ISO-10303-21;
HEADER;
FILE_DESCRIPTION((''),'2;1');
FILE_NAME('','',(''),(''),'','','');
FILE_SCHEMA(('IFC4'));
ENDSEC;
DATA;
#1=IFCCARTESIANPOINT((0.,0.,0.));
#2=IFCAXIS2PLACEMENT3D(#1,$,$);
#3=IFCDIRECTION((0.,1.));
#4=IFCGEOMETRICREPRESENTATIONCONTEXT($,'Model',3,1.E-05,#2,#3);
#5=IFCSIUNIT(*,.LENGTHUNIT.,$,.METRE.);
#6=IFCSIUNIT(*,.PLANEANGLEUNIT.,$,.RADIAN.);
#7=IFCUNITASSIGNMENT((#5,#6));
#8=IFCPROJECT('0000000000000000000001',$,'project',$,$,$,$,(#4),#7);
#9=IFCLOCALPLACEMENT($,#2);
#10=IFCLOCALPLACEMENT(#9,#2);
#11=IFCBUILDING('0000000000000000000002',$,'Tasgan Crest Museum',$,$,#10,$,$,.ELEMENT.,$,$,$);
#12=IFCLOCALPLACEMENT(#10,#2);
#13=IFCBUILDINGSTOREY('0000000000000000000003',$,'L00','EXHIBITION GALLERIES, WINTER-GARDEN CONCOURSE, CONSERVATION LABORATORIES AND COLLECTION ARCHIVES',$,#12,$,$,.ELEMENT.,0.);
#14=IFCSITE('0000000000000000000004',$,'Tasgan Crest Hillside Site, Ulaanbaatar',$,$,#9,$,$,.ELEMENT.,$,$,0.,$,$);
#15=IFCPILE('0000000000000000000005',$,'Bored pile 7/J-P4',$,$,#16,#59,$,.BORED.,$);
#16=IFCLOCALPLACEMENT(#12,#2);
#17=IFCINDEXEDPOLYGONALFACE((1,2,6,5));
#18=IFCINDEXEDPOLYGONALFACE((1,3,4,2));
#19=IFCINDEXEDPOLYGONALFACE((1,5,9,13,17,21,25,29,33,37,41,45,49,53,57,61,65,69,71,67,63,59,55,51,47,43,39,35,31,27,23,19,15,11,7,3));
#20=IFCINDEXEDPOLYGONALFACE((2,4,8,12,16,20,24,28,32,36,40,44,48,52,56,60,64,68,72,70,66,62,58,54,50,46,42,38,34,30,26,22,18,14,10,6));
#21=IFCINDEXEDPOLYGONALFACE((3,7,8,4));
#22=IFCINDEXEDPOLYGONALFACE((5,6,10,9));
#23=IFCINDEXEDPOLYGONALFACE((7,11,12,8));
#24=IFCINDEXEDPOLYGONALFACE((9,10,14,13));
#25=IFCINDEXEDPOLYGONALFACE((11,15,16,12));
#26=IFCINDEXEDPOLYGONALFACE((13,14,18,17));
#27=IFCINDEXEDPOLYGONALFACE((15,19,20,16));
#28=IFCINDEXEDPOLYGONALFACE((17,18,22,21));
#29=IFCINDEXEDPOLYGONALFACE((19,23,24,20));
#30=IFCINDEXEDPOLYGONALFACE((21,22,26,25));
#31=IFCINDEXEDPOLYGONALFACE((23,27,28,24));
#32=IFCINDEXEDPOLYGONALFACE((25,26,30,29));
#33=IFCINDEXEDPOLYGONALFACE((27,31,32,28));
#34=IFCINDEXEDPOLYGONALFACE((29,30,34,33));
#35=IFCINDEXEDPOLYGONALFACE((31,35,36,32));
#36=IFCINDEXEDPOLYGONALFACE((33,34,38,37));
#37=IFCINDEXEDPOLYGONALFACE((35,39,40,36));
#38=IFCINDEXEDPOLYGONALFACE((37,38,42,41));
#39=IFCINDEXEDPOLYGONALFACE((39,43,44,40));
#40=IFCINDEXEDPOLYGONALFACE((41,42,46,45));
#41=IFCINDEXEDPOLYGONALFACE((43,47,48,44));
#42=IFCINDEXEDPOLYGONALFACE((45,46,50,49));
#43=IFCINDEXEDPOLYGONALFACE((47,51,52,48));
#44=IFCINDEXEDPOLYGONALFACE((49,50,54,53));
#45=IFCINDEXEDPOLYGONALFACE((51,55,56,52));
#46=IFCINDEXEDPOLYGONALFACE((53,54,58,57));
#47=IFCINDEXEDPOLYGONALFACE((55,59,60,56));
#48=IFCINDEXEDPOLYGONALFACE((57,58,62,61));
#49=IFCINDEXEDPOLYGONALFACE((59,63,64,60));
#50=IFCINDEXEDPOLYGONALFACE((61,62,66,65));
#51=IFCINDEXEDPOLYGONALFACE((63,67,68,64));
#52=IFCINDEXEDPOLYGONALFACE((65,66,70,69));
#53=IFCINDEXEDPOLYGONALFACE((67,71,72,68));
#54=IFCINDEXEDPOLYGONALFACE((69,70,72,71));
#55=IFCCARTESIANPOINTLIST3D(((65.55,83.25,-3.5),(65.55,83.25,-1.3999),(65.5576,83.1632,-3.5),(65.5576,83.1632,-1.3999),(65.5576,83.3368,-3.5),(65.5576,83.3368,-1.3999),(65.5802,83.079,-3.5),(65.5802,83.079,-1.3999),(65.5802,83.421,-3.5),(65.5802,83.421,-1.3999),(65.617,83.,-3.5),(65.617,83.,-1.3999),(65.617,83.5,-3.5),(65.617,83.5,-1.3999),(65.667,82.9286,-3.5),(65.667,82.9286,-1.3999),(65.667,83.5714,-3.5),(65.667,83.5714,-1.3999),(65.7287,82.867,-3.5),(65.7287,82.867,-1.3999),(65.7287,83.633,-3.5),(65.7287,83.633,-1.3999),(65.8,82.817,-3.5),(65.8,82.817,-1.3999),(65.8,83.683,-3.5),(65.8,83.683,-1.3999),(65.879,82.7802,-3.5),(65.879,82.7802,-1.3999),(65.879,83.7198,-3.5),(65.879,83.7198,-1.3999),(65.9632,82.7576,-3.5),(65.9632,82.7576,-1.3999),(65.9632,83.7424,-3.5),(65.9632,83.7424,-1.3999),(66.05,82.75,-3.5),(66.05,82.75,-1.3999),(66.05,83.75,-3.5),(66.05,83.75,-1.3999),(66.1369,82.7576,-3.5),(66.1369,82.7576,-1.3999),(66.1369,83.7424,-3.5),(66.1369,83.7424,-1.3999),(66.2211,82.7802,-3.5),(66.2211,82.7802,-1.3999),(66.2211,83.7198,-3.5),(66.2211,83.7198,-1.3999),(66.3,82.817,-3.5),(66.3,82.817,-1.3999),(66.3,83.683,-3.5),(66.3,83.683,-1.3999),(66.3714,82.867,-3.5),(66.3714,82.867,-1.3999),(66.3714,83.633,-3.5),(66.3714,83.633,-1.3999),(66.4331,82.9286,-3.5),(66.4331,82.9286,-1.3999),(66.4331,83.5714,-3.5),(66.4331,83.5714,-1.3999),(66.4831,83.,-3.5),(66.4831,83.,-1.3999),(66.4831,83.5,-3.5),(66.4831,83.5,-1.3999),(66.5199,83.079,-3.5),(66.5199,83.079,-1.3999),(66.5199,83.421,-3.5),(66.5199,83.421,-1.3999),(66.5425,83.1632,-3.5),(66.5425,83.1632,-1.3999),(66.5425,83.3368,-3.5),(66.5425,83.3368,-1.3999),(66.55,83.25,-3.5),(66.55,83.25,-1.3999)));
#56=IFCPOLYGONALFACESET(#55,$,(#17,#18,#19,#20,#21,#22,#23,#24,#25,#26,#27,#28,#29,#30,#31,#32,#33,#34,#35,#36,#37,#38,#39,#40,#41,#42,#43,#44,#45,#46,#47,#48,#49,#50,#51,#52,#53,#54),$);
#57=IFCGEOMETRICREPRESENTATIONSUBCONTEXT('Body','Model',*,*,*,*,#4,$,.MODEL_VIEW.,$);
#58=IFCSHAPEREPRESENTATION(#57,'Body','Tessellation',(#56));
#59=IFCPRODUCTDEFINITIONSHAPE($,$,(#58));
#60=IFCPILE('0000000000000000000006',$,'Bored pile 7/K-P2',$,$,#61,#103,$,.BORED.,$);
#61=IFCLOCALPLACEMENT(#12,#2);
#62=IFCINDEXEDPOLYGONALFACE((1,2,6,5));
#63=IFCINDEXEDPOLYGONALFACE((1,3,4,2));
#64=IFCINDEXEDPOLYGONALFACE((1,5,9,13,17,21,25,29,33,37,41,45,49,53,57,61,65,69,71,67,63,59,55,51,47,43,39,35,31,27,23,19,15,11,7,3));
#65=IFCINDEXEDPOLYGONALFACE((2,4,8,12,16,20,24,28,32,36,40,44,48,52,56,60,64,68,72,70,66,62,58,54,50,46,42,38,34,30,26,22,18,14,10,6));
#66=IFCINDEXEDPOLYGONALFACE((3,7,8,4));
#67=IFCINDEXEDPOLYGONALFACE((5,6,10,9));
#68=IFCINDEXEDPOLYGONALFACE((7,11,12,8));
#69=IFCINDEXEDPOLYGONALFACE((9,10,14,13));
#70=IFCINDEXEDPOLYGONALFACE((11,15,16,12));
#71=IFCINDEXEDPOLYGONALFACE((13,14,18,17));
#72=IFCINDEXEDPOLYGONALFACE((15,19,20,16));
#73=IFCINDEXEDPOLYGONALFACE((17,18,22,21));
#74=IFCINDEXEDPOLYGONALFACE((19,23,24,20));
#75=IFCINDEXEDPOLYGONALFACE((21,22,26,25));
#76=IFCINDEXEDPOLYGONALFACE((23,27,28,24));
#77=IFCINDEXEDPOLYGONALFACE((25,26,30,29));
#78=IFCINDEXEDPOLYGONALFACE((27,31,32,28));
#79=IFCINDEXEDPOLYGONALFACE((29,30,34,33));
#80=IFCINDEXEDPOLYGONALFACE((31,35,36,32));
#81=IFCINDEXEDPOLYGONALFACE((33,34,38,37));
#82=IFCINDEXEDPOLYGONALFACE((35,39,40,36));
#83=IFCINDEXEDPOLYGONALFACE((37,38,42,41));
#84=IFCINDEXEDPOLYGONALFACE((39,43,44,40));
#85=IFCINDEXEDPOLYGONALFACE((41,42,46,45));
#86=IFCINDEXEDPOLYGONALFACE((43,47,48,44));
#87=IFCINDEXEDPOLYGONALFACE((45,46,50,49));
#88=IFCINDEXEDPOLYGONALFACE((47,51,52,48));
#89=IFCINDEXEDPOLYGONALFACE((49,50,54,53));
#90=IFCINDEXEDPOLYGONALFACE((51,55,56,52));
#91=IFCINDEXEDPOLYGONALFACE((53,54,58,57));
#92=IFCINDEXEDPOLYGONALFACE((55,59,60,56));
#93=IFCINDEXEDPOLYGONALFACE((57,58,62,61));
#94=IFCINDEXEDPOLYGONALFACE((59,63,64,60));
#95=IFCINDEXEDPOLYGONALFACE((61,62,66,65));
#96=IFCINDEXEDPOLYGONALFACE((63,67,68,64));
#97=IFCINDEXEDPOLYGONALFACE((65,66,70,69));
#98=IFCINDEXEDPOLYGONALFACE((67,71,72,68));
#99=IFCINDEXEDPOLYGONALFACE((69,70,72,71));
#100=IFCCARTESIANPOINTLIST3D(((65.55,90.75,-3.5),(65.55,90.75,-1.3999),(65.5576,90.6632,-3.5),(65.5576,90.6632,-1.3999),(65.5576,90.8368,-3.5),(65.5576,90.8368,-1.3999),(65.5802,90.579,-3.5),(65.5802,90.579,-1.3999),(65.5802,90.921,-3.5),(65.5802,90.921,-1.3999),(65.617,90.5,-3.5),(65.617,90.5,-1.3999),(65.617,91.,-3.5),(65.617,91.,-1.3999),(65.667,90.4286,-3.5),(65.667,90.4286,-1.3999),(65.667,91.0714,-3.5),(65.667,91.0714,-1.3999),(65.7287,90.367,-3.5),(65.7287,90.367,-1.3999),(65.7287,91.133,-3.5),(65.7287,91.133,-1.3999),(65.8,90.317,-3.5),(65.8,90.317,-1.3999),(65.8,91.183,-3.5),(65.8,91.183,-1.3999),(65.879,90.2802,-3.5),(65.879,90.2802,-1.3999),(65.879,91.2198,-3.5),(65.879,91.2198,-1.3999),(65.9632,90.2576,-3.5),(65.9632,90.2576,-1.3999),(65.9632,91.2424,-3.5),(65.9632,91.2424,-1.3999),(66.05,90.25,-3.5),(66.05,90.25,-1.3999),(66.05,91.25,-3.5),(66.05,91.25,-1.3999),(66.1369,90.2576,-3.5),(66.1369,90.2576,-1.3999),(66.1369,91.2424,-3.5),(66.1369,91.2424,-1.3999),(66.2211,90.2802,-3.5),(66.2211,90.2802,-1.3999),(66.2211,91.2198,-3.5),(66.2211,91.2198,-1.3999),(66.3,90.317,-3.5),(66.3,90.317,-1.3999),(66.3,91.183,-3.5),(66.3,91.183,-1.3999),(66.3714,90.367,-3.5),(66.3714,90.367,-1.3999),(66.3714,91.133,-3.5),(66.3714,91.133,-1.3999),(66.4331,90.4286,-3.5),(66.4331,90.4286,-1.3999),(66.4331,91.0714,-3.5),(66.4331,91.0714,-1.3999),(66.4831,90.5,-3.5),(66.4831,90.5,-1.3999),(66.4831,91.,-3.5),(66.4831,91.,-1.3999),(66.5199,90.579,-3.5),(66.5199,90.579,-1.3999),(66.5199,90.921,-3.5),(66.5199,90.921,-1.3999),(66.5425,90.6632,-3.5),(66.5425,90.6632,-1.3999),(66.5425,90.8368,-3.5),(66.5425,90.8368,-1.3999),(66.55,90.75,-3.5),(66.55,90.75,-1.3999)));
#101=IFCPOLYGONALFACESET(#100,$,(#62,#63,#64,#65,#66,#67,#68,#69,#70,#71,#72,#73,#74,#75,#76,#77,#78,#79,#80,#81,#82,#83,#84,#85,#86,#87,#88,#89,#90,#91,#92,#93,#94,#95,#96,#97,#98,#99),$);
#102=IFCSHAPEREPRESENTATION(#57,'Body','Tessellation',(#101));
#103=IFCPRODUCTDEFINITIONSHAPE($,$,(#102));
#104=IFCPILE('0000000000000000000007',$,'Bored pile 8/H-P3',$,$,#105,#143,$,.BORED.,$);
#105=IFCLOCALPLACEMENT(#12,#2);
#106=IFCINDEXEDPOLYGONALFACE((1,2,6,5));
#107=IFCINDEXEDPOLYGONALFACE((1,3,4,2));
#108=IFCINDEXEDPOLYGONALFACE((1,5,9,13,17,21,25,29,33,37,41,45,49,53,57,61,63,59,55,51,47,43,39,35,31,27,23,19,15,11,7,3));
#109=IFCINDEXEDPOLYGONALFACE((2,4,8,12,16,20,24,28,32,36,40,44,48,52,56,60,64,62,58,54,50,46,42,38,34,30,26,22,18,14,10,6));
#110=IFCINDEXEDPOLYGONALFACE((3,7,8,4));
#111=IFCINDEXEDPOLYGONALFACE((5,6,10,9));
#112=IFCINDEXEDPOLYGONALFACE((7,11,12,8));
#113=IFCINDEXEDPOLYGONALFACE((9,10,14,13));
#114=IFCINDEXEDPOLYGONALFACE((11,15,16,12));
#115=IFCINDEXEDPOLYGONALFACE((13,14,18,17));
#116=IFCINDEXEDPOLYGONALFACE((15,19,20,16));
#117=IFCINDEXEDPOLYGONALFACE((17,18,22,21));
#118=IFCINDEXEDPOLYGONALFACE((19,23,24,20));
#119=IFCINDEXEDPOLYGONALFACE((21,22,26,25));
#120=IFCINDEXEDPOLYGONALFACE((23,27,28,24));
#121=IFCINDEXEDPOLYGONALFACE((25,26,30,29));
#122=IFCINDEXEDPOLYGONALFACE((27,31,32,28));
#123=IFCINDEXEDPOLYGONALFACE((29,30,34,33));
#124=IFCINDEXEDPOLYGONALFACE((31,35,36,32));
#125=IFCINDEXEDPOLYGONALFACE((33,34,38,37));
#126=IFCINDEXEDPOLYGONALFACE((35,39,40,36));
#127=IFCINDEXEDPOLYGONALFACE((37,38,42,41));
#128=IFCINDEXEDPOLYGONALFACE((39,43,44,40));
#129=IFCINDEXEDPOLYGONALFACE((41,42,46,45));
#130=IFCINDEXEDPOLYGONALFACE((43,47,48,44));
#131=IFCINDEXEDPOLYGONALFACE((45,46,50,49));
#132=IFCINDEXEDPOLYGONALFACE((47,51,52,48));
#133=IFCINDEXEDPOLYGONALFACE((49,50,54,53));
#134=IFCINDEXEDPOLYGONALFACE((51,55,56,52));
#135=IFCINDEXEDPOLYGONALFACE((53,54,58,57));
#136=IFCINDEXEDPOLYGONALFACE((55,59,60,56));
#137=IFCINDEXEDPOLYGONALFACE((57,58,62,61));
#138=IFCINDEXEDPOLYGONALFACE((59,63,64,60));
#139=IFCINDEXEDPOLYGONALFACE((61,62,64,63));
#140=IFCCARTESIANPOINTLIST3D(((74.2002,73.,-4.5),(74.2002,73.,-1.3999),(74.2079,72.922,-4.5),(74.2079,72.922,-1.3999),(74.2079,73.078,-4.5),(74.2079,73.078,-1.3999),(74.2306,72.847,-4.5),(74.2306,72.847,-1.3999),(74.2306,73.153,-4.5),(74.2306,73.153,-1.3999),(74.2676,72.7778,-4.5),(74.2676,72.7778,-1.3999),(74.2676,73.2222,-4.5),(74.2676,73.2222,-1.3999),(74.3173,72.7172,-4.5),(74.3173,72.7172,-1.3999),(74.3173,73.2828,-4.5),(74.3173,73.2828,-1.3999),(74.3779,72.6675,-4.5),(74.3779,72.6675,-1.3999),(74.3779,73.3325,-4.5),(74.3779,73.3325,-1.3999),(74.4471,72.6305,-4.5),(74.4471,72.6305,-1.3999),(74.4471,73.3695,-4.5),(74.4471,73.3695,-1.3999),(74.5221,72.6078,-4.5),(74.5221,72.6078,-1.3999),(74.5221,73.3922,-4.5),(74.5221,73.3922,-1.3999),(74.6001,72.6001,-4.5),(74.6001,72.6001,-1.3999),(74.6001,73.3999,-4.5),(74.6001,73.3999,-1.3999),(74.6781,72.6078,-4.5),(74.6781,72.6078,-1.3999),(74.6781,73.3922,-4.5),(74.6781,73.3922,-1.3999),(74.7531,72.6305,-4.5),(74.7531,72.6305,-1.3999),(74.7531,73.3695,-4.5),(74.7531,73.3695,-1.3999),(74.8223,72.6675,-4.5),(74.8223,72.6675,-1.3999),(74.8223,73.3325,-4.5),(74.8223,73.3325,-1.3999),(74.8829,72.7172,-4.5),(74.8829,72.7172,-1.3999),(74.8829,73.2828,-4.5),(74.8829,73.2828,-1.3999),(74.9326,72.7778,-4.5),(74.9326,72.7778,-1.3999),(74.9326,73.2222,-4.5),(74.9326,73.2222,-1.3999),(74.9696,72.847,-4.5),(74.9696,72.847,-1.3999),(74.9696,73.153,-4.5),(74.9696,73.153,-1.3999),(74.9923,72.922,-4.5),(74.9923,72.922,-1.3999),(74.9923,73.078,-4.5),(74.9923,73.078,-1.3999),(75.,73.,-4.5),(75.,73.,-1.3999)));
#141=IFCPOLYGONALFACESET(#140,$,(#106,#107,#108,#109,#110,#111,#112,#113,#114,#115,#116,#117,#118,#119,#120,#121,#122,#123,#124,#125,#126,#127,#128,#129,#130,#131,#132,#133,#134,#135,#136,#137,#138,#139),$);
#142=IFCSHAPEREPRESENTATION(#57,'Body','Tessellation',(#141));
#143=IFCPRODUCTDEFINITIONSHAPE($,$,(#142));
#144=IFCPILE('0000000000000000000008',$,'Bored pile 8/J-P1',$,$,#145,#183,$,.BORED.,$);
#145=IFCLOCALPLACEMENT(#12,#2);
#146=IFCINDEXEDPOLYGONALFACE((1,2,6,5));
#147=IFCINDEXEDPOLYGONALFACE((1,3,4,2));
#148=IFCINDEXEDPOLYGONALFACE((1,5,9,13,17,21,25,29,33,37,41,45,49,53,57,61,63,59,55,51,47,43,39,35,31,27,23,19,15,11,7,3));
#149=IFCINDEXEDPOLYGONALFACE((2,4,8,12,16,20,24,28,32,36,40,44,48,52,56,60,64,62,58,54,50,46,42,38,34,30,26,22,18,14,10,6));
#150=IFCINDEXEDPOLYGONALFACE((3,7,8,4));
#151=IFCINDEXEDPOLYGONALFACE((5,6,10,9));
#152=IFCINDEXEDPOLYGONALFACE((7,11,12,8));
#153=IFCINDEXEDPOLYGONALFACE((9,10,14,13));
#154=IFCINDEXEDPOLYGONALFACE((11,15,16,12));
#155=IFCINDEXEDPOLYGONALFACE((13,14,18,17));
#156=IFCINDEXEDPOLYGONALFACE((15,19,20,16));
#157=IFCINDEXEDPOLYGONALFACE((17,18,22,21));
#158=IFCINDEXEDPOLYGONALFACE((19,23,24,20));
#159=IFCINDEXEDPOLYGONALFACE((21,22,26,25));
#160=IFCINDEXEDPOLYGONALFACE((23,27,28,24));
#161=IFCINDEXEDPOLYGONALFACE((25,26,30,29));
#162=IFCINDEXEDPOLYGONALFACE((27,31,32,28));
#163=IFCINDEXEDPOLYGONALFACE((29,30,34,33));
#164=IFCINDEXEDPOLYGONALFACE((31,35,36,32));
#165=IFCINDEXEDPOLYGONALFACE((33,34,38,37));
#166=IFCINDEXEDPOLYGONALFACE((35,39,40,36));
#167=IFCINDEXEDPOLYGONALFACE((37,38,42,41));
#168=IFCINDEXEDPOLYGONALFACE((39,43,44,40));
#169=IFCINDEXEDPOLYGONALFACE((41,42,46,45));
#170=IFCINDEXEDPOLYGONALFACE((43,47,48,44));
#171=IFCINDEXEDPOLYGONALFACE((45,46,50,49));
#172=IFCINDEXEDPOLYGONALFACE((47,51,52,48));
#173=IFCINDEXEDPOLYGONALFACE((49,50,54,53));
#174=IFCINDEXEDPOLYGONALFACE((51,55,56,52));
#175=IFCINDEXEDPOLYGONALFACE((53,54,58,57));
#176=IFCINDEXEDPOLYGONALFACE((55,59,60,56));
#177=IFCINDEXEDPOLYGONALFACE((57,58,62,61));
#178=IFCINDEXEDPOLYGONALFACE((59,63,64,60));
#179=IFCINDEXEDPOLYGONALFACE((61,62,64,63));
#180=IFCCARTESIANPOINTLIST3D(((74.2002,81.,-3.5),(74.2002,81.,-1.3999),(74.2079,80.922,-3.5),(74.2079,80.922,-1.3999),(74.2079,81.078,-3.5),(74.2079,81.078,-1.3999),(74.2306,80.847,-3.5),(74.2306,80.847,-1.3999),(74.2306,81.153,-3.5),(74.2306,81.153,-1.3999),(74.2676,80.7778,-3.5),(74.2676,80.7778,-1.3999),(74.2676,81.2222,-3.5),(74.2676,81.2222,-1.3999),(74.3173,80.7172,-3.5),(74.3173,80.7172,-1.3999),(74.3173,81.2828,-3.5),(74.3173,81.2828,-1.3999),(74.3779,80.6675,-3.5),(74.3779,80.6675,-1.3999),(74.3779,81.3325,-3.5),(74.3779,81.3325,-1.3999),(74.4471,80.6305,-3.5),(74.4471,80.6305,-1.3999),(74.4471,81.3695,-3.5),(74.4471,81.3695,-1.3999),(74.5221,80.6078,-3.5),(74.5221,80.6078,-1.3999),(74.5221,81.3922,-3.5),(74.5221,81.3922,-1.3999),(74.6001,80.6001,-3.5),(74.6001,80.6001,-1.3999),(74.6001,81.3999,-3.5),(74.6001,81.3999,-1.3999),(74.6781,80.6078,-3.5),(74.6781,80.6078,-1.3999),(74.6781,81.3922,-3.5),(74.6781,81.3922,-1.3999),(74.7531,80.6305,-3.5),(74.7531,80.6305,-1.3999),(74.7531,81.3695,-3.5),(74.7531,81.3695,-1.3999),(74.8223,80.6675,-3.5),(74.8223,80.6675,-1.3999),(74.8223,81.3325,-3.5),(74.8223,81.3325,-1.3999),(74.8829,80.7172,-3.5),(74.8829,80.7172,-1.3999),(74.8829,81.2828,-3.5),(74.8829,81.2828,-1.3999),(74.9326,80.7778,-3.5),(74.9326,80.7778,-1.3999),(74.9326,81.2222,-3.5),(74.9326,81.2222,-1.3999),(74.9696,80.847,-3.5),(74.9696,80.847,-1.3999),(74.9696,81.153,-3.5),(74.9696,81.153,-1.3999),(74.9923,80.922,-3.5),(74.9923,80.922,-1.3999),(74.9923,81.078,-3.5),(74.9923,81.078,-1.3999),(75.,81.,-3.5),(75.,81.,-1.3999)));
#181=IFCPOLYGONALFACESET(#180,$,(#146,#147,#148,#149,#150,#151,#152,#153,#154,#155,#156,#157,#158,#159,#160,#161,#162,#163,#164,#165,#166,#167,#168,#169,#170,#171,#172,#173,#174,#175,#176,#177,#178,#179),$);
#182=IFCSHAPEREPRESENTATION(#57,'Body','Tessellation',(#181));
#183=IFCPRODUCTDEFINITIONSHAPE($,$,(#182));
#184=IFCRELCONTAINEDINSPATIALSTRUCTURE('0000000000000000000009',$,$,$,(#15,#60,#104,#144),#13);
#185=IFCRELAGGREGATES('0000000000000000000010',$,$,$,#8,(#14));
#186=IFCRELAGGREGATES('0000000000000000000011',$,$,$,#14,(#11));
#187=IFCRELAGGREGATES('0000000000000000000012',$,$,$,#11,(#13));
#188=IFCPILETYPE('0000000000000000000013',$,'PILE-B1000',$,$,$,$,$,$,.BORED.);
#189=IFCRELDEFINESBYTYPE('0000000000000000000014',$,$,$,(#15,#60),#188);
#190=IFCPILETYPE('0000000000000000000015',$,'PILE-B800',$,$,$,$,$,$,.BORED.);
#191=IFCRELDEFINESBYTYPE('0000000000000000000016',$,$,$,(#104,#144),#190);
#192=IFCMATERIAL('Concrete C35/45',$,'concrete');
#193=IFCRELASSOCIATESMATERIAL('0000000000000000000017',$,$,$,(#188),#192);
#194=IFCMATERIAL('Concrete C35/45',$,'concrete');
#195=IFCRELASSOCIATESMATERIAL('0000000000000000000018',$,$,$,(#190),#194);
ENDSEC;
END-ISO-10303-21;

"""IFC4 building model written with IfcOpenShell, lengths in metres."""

from ifc_helpers import new_model, si_unit, direction, frame, origin, origin_2d, place, context, subcontext, project, spatial, circle, extrude, material, material_profile, profile_set, type_object, element, save


model = new_model("IFC4")

# Units and contexts
model_context = context("Model", 3, precision=1e-05, world=origin(), true_north=direction((0.0, 1.0)))
body_context = subcontext(model_context, "Body", "Model", "MODEL_VIEW")
ifc_project = project(units=[si_unit("LENGTHUNIT", "METRE"), si_unit("PLANEANGLEUNIT", "RADIAN")], contexts=[model_context])

# Site, building, storey
site_placement = place(None, origin())
site = spatial("IfcSite", under=ifc_project, at=site_placement, Name="Tasgan Crest Hillside Site, Ulaanbaatar", CompositionType="ELEMENT", RefElevation=0.0)
building_placement = place(site_placement, origin())
building = spatial("IfcBuilding", under=site, at=building_placement, Name="Tasgan Crest Museum", CompositionType="ELEMENT")
storey_placement = place(building_placement, origin())
storey = spatial("IfcBuildingStorey", under=building, at=storey_placement, Name="L00", Description="EXHIBITION GALLERIES, WINTER-GARDEN CONCOURSE, CONSERVATION LABORATORIES AND COLLECTION ARCHIVES", CompositionType="ELEMENT", Elevation=0.0)

# Piles
ifc_material_1 = material(Name="Concrete C35/45", Category="concrete")
ifc_material_profile_1 = material_profile(ifc_material_1, circle(Radius=0.5, at=origin_2d()), Name="PILE D1000")
ifc_profile_set_1 = profile_set([ifc_material_profile_1], Name="Concrete C35/45")
pile_type_1 = type_object("IfcPileType", Name="PILE-B1000", PredefinedType="BORED", material=ifc_profile_set_1)
for number, where, z_axis, x_axis, name in (
    (1, (66.05, 83.25, -1.3999), (0.0, 0.0, -1.0), (1.0, 0.0, 0.0), "Bored pile 7/J-P4"),
    (2, (66.05, 90.75, -1.3999), (0.0, 0.0, -1.0), (1.0, 0.0, 0.0), "Bored pile 7/K-P2"),
):
    element("IfcPile", number, at=place(storey_placement, frame(where, z_axis=z_axis, x_axis=x_axis)), inside=storey, type_object=pile_type_1, Name=name, PredefinedType="BORED", context=body_context, shape_type="SweptSolid", body=[
        extrude(circle(Radius=0.5, at=origin_2d()), origin(), (0.0, 0.0, 1.0), 2.1001),
    ])
ifc_material_2 = material(Name="Concrete C35/45", Category="concrete")
ifc_material_profile_2 = material_profile(ifc_material_2, circle(Radius=0.3999, at=origin_2d()), Name="PILE D800")
ifc_profile_set_2 = profile_set([ifc_material_profile_2], Name="Concrete C35/45")
pile_type_2 = type_object("IfcPileType", Name="PILE-B800", PredefinedType="BORED", material=ifc_profile_set_2)
pile_1_placement = place(storey_placement, frame((74.6001, 73.0, -1.3999), z_axis=(0.0, 0.0, -1.0), x_axis=(1.0, 0.0, 0.0)))
element("IfcPile", 3, at=pile_1_placement, inside=storey, type_object=pile_type_2, Name="Bored pile 8/H-P3", PredefinedType="BORED", context=body_context, shape_type="SweptSolid", body=[
    extrude(circle(Radius=0.3999, at=origin_2d()), origin(), (0.0, 0.0, 1.0), 3.1001),
])
for number, where, z_axis, x_axis, name in (
    (4, (74.6001, 81.0, -1.3999), (0.0, 0.0, -1.0), (1.0, 0.0, 0.0), "Bored pile 8/J-P1"),
):
    element("IfcPile", number, at=place(storey_placement, frame(where, z_axis=z_axis, x_axis=x_axis)), inside=storey, type_object=pile_type_2, Name=name, PredefinedType="BORED", context=body_context, shape_type="SweptSolid", body=[
        extrude(circle(Radius=0.3999, at=origin_2d()), origin(), (0.0, 0.0, 1.0), 2.1001),
    ])

save(model, "model.ifc")
